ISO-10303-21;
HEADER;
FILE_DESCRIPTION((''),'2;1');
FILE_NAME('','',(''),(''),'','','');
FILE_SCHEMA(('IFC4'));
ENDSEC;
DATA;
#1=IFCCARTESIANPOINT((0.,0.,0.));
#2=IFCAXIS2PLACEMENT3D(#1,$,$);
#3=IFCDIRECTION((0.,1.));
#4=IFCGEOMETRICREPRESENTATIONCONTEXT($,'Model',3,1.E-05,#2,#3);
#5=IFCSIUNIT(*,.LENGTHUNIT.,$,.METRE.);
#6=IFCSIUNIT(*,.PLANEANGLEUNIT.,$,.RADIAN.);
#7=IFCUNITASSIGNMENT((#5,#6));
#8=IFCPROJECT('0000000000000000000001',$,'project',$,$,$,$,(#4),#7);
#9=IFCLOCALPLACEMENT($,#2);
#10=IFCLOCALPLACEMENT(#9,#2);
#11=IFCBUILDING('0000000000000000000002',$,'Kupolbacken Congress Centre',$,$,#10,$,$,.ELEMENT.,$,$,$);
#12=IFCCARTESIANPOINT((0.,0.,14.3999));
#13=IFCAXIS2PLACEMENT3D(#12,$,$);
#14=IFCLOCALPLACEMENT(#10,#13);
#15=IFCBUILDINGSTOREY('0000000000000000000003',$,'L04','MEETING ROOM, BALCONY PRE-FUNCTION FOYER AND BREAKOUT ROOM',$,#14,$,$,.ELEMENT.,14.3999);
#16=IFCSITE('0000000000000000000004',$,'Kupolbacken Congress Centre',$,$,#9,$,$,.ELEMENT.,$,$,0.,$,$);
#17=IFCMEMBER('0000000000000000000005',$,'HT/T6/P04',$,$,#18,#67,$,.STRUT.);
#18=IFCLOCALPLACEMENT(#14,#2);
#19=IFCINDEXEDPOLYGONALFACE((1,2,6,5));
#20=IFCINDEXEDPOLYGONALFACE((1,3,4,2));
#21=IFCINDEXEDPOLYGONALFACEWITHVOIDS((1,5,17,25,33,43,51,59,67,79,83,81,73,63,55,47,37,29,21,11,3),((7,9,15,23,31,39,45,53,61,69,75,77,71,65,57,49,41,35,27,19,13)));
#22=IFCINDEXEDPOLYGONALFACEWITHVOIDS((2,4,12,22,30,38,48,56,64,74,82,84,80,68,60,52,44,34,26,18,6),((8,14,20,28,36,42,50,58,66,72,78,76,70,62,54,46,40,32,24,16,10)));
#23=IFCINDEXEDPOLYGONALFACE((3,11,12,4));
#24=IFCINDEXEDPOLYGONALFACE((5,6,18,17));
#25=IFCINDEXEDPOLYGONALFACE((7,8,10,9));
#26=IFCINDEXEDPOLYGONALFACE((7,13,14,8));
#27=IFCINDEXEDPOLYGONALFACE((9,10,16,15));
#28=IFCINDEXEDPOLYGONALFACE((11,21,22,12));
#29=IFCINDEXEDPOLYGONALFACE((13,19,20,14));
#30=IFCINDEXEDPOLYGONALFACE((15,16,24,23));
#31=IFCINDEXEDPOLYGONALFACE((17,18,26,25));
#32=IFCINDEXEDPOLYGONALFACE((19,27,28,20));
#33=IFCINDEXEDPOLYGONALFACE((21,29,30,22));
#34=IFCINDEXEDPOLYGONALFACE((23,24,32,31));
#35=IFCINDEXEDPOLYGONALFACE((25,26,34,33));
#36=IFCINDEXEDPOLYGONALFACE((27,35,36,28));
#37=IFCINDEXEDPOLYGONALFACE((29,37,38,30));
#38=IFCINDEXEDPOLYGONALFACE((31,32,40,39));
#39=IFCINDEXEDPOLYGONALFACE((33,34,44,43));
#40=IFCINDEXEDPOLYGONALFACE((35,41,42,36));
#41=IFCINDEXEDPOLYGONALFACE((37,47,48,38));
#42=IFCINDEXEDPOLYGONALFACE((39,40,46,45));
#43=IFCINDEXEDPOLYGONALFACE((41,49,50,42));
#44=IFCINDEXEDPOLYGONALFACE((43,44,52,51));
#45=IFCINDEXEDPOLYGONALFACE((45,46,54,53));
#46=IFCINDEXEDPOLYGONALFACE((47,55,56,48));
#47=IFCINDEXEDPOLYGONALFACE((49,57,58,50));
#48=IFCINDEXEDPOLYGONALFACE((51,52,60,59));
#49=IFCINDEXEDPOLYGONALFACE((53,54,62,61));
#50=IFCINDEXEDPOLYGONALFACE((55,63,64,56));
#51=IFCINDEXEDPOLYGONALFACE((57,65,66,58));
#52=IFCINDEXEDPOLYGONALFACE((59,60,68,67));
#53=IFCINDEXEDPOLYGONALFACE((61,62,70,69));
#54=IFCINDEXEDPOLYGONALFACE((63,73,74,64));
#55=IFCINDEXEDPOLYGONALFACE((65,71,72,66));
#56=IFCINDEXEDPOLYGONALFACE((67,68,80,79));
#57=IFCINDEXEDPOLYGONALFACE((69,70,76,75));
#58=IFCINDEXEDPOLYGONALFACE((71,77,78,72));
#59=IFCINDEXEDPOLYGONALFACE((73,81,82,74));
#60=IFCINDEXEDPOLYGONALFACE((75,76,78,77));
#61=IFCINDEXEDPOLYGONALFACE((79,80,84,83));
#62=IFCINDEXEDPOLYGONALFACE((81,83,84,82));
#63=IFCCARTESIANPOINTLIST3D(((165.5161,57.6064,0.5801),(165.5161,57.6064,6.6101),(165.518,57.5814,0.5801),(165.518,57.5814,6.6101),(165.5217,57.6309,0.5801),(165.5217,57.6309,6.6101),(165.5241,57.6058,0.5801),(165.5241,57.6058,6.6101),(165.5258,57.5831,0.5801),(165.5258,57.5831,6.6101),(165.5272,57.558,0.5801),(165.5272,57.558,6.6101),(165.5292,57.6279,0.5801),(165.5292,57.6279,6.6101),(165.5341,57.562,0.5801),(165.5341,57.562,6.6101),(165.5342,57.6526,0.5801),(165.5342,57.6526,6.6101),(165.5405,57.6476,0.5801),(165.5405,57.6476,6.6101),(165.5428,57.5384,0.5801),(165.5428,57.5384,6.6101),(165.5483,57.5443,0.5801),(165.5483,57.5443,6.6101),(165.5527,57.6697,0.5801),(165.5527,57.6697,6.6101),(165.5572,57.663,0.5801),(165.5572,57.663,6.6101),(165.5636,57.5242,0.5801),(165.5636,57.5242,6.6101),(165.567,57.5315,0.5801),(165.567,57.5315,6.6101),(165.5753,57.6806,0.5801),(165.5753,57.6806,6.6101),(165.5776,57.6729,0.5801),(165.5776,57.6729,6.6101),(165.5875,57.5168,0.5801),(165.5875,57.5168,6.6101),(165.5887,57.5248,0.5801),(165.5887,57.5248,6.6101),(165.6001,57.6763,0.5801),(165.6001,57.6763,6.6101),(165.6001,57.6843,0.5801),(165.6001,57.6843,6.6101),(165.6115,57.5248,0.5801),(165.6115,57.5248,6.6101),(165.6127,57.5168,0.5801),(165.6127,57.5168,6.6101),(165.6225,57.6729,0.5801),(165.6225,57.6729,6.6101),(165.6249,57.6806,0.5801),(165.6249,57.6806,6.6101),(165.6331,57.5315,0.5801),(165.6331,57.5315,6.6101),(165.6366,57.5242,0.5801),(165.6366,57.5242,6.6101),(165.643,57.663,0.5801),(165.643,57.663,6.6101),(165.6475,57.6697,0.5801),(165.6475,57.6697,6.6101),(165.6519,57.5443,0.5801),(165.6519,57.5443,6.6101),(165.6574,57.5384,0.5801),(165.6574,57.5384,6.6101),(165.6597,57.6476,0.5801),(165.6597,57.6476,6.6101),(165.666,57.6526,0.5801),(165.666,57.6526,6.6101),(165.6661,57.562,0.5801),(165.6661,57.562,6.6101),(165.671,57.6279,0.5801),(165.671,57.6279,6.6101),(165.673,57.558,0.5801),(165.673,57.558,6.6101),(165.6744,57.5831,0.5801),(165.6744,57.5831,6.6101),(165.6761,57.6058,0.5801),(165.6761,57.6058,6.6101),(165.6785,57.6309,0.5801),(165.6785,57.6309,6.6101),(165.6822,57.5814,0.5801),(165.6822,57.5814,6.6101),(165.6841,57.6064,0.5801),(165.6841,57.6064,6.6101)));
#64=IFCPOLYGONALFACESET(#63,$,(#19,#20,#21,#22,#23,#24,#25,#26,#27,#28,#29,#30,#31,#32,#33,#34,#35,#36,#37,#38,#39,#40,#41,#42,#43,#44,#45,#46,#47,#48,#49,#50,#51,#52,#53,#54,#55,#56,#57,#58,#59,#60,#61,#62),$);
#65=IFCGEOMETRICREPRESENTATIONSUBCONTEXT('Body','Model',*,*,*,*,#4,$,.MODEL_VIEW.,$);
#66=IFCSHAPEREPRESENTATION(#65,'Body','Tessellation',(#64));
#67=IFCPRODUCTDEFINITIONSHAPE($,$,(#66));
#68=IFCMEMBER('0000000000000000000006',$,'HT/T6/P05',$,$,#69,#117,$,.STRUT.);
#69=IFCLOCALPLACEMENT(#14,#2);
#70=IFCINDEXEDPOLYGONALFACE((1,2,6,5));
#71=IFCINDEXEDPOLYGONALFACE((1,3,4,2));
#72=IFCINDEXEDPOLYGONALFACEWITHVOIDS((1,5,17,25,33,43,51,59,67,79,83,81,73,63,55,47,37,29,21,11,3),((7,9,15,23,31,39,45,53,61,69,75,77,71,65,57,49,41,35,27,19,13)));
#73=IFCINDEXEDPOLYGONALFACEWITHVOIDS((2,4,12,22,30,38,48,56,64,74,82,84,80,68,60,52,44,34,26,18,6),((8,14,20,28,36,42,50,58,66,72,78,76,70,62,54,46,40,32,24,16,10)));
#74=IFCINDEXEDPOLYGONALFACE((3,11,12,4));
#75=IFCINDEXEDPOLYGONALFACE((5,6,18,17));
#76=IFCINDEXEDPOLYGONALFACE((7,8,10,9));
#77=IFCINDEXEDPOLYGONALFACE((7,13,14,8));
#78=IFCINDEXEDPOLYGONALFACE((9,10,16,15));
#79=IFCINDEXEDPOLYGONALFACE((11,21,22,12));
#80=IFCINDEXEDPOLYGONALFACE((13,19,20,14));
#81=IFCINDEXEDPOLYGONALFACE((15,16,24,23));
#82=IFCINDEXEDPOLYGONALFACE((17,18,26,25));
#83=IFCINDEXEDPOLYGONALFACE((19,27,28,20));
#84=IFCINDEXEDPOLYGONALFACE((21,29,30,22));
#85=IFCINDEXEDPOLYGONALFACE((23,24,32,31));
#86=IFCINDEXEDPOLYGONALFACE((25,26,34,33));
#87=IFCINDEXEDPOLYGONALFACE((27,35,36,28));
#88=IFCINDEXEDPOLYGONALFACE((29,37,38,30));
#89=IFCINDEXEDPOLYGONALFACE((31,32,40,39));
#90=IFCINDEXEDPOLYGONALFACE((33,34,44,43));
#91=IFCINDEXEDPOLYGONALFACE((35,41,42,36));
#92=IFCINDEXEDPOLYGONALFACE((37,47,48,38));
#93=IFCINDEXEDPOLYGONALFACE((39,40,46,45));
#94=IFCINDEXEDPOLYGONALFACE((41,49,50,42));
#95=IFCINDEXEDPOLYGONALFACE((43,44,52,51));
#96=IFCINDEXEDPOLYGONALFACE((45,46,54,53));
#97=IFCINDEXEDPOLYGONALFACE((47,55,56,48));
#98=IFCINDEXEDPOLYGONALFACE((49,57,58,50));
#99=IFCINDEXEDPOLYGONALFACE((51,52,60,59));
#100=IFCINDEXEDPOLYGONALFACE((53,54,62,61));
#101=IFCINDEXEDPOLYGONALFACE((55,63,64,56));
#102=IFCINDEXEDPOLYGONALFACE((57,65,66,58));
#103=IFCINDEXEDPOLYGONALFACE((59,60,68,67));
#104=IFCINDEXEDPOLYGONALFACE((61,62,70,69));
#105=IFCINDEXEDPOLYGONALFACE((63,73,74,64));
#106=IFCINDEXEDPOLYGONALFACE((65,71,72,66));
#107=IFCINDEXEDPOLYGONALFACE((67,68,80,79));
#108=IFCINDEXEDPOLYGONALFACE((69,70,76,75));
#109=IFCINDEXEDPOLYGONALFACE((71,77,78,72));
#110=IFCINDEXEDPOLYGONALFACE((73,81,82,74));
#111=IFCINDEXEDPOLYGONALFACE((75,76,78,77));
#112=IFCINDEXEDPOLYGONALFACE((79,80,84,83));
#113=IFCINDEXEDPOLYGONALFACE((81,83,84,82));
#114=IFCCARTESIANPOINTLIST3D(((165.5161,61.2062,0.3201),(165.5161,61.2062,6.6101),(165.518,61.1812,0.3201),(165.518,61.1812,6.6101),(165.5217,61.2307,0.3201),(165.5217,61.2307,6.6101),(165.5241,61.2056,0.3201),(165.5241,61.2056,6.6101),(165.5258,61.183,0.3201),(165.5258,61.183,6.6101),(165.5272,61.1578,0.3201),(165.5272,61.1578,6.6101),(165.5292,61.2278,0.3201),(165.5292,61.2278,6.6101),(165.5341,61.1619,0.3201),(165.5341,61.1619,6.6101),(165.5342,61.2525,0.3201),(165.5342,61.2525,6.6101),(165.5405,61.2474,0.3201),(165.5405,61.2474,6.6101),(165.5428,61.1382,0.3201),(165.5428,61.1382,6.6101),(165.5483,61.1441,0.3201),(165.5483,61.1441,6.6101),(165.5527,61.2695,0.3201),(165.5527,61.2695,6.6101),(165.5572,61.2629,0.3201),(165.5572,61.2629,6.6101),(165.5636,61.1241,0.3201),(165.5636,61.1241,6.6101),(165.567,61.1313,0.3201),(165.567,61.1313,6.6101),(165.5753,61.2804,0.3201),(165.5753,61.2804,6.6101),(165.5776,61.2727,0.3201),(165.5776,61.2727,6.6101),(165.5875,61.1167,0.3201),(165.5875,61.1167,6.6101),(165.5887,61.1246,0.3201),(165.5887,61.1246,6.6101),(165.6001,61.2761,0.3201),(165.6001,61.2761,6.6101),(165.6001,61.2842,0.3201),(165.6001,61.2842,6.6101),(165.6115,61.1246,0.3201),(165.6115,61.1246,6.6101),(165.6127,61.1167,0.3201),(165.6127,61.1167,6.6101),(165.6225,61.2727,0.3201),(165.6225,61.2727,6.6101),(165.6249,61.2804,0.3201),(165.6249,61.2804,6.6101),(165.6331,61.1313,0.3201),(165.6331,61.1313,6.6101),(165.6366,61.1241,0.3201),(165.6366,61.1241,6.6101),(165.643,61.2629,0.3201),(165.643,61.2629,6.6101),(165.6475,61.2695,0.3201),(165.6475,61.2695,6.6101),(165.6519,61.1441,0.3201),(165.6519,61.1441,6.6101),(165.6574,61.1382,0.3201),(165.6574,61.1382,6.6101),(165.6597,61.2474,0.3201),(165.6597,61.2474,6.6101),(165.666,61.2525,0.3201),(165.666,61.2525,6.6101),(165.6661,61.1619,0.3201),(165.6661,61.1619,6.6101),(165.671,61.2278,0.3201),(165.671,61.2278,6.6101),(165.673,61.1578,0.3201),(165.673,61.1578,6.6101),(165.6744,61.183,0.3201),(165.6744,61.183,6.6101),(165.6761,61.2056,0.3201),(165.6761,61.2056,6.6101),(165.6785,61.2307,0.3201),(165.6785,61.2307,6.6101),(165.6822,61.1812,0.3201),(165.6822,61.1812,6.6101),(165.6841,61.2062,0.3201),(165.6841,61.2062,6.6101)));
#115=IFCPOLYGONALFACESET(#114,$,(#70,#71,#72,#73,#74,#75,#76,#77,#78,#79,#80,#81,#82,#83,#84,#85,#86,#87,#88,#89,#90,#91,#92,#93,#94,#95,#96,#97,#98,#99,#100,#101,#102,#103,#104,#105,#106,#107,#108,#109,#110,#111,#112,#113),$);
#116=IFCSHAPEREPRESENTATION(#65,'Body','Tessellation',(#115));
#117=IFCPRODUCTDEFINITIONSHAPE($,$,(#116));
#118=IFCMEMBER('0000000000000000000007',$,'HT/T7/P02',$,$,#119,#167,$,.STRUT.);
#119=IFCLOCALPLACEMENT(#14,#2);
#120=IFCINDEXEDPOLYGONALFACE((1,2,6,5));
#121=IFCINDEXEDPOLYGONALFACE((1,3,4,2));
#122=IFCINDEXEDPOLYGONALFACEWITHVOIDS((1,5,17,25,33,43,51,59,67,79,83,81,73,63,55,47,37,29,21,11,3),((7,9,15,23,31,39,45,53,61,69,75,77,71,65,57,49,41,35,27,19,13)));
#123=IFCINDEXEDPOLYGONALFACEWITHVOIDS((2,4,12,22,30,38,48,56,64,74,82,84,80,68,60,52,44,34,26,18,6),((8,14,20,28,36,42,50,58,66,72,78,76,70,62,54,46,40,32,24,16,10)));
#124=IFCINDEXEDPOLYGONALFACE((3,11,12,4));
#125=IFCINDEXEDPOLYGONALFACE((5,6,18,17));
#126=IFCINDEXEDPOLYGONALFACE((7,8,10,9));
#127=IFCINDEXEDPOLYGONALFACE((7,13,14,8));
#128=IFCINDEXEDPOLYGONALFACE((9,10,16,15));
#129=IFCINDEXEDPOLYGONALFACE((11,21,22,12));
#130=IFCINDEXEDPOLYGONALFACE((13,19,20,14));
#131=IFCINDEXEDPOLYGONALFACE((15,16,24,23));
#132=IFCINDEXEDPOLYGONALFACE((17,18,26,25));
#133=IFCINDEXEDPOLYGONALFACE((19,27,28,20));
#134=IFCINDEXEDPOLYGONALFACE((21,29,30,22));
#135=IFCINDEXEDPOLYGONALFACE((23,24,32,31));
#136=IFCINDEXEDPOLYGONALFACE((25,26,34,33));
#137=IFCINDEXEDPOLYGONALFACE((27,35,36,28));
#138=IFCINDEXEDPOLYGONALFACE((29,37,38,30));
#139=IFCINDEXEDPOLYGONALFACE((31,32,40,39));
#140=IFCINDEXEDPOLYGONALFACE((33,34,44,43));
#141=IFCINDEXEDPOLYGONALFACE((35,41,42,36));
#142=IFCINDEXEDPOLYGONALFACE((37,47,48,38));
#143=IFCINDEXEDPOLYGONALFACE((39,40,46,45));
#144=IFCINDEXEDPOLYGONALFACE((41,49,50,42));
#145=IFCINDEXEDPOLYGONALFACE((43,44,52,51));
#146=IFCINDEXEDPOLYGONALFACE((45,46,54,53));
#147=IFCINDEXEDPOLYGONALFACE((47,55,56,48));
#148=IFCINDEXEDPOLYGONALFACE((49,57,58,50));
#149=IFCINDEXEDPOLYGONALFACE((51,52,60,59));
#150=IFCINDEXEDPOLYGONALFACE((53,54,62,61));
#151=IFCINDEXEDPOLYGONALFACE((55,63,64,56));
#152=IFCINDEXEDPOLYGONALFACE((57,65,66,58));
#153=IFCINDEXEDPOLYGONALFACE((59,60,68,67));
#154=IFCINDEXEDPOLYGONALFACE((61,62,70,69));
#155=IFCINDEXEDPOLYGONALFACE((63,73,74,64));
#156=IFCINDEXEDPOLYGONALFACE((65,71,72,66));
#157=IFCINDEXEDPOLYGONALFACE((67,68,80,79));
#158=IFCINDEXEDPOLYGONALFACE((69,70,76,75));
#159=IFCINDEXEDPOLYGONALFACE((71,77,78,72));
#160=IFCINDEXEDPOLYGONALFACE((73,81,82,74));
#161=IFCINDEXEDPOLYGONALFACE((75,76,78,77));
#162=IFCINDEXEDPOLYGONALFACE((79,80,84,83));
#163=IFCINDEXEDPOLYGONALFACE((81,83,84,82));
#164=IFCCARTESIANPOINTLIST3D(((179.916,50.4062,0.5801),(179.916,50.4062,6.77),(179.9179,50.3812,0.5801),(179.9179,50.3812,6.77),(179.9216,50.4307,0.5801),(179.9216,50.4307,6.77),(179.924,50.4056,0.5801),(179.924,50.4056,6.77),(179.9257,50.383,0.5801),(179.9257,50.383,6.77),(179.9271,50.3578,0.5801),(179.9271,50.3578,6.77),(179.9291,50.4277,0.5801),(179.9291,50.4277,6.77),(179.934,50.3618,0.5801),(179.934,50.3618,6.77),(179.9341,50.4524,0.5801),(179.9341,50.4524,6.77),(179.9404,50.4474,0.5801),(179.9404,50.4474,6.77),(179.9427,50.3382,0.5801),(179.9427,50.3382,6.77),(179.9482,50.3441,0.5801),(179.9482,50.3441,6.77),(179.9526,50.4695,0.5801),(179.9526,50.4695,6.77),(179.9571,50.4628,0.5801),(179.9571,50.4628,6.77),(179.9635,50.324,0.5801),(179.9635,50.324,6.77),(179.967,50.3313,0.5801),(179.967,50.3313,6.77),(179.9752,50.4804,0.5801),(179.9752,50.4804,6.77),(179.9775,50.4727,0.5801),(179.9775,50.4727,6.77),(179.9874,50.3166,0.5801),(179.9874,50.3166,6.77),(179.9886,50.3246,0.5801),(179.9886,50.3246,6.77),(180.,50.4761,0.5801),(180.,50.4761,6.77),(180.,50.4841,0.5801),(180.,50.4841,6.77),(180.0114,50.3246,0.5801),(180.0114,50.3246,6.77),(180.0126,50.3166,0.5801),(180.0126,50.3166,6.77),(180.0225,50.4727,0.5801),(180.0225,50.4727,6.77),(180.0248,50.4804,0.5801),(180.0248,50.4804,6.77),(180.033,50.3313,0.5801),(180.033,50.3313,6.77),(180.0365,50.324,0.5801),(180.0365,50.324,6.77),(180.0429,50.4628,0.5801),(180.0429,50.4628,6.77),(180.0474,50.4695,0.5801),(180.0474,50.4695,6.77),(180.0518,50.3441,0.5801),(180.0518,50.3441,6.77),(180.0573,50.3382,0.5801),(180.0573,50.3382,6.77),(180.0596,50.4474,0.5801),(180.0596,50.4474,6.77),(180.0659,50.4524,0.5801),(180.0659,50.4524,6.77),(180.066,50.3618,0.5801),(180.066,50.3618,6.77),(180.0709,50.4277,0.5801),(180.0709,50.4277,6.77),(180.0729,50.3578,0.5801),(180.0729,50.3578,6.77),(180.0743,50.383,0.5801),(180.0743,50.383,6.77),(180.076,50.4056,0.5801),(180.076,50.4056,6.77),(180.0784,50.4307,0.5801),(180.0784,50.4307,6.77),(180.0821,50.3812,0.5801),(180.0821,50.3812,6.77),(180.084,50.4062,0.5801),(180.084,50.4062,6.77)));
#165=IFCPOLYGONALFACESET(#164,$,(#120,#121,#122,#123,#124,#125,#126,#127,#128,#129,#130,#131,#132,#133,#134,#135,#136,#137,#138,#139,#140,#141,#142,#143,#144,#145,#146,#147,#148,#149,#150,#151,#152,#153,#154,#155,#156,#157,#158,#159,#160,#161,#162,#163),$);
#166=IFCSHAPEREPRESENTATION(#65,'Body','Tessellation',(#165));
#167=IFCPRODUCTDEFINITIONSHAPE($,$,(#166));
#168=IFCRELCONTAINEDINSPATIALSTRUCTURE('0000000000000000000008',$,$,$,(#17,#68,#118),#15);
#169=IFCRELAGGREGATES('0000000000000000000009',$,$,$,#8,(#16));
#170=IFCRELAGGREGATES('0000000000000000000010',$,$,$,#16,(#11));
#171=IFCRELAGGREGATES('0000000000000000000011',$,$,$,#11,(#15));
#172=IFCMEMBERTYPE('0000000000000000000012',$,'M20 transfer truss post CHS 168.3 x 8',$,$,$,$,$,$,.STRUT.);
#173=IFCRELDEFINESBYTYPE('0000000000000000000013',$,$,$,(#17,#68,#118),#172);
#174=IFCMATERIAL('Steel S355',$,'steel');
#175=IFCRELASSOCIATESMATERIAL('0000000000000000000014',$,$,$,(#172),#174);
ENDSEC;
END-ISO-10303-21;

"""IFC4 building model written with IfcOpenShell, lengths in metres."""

from ifc_helpers import new_model, si_unit, direction, frame, origin, origin_2d, place, context, subcontext, project, spatial, hollow_circle, extrude, material, material_profile, profile_set, type_object, element, save


model = new_model("IFC4")

# Units and contexts
model_context = context("Model", 3, precision=1e-05, world=origin(), true_north=direction((0.0, 1.0)))
body_context = subcontext(model_context, "Body", "Model", "MODEL_VIEW")
ifc_project = project(units=[si_unit("LENGTHUNIT", "METRE"), si_unit("PLANEANGLEUNIT", "RADIAN")], contexts=[model_context])

# Site, building, storey
site_placement = place(None, origin())
site = spatial("IfcSite", under=ifc_project, at=site_placement, Name="Kupolbacken Congress Centre", CompositionType="ELEMENT", RefElevation=0.0)
building_placement = place(site_placement, origin())
building = spatial("IfcBuilding", under=site, at=building_placement, Name="Kupolbacken Congress Centre", CompositionType="ELEMENT")
storey_placement = place(building_placement, frame((0.0, 0.0, 14.3999)))
storey = spatial("IfcBuildingStorey", under=building, at=storey_placement, Name="L04", Description="MEETING ROOM, BALCONY PRE-FUNCTION FOYER AND BREAKOUT ROOM", CompositionType="ELEMENT", Elevation=14.3999)

# Members
ifc_material_1 = material(Name="Steel S355", Category="steel")
ifc_material_profile_1 = material_profile(ifc_material_1, hollow_circle(Radius=0.0842, WallThickness=0.0081, at=origin_2d()), Name="CHS 168.3 x 8")
ifc_profile_set_1 = profile_set([ifc_material_profile_1], Name="Steel S355")
member_type_1 = type_object("IfcMemberType", Name="M20 transfer truss post CHS 168.3 x 8", PredefinedType="STRUT", material=ifc_profile_set_1)
member_1_placement = place(storey_placement, frame((165.6001, 57.6001, 0.5801), z_axis=(0.0, 0.0, 1.0), x_axis=(0.0, 1.0, 0.0)))
element("IfcMember", 1, at=member_1_placement, inside=storey, type_object=member_type_1, Name="HT/T6/P04", PredefinedType="STRUT", context=body_context, shape_type="SweptSolid", body=[
    extrude(hollow_circle(Radius=0.0842, WallThickness=0.0081, at=origin_2d()), origin(), (0.0, 0.0, 1.0), 6.03),
])
member_2_placement = place(storey_placement, frame((165.6001, 61.2, 0.3201), z_axis=(0.0, 0.0, 1.0), x_axis=(0.0, 1.0, 0.0)))
element("IfcMember", 2, at=member_2_placement, inside=storey, type_object=member_type_1, Name="HT/T6/P05", PredefinedType="STRUT", context=body_context, shape_type="SweptSolid", body=[
    extrude(hollow_circle(Radius=0.0842, WallThickness=0.0081, at=origin_2d()), origin(), (0.0, 0.0, 1.0), 6.29),
])
for number, where, z_axis, x_axis, name in (
    (3, (180.0, 50.3999, 0.5801), (0.0, 0.0, 1.0), (0.0, 1.0, 0.0), "HT/T7/P02"),
):
    element("IfcMember", number, at=place(storey_placement, frame(where, z_axis=z_axis, x_axis=x_axis)), inside=storey, type_object=member_type_1, Name=name, PredefinedType="STRUT", context=body_context, shape_type="SweptSolid", body=[
        extrude(hollow_circle(Radius=0.0842, WallThickness=0.0081, at=origin_2d()), origin(), (0.0, 0.0, 1.0), 6.1899),
    ])

save(model, "model.ifc")
